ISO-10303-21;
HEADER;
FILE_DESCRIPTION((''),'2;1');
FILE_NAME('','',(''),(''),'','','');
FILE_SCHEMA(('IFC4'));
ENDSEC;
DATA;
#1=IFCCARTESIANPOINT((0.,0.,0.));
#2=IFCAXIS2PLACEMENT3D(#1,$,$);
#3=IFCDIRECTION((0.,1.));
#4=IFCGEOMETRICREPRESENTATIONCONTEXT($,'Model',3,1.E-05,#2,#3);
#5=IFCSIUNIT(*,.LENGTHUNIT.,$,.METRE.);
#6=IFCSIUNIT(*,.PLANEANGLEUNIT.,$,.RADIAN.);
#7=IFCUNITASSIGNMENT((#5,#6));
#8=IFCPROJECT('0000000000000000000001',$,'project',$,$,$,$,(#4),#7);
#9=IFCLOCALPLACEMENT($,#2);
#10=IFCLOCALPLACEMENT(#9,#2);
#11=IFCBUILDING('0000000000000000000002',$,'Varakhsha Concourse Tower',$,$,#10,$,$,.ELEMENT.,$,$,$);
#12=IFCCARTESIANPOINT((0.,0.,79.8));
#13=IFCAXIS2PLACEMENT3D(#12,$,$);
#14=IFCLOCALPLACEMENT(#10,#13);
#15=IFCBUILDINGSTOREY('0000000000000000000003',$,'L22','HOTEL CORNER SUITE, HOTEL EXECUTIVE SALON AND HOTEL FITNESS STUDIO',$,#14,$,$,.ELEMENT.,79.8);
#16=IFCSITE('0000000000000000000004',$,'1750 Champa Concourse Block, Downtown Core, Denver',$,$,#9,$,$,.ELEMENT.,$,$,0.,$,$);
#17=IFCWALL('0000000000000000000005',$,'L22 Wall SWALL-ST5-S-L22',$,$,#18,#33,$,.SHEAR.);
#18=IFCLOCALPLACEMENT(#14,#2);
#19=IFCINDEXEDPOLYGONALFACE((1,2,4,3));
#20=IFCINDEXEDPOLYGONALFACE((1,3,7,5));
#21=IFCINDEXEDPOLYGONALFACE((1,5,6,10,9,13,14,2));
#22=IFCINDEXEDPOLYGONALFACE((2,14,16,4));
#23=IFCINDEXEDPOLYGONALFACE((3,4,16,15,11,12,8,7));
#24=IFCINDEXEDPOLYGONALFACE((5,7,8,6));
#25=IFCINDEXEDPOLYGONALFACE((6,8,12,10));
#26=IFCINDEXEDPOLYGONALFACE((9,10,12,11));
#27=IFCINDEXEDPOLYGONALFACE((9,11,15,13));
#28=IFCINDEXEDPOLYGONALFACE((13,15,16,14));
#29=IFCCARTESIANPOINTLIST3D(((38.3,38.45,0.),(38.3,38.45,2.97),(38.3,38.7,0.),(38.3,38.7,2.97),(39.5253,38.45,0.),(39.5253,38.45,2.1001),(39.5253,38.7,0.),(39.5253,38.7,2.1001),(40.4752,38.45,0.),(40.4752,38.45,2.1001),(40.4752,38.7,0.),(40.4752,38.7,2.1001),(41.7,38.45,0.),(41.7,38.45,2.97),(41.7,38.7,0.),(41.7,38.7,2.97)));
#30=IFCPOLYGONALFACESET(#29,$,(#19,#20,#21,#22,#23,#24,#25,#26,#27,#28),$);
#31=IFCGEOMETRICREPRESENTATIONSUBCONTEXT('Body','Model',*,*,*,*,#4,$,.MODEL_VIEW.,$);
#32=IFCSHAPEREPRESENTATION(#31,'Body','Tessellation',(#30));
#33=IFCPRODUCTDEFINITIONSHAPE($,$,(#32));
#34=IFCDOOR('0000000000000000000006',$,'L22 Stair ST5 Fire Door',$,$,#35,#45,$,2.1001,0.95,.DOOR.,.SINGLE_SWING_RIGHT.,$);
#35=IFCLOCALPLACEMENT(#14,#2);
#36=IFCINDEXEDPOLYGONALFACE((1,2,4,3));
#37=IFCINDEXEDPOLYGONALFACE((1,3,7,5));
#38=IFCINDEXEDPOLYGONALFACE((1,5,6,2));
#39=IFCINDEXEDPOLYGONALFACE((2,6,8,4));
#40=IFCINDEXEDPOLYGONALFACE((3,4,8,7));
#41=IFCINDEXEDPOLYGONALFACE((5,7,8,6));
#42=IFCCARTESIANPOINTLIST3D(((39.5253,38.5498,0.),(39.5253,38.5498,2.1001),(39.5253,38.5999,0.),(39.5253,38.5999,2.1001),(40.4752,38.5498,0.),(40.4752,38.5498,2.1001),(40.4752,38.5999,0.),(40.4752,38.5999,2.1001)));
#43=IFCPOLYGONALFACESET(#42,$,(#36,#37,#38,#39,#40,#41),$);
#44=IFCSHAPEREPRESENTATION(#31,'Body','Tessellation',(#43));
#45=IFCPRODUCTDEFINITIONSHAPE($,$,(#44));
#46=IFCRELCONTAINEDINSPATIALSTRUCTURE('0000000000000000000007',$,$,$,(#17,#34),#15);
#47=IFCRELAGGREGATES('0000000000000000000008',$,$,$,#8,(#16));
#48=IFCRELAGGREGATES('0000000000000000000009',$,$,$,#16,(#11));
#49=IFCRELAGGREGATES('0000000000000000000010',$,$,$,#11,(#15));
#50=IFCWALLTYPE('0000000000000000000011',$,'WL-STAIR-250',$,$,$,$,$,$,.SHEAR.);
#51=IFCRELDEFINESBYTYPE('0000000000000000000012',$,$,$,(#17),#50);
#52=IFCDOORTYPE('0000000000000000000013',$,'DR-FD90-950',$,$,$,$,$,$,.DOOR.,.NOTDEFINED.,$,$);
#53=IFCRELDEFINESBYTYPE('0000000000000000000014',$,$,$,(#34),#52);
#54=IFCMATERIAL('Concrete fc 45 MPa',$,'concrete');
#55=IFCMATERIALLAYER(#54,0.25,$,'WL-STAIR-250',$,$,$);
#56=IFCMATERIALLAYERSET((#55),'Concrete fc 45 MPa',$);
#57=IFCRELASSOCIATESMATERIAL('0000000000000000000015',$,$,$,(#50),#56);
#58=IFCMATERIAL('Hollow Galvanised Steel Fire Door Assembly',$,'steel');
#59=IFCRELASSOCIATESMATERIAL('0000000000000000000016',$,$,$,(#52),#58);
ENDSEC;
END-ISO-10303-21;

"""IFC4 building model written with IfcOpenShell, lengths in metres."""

from ifc_helpers import new_model, si_unit, direction, frame, frame_2d, origin, place, context, subcontext, project, spatial, rectangle, extrude, material, layer, layer_set, type_object, element, fill, save


model = new_model("IFC4")

# Units and contexts
model_context = context("Model", 3, precision=1e-05, world=origin(), true_north=direction((0.0, 1.0)))
body_context = subcontext(model_context, "Body", "Model", "MODEL_VIEW")
ifc_project = project(units=[si_unit("LENGTHUNIT", "METRE"), si_unit("PLANEANGLEUNIT", "RADIAN")], contexts=[model_context])

# Site, building, storey
site_placement = place(None, origin())
site = spatial("IfcSite", under=ifc_project, at=site_placement, Name="1750 Champa Concourse Block, Downtown Core, Denver", CompositionType="ELEMENT", RefElevation=0.0)
building_placement = place(site_placement, origin())
building = spatial("IfcBuilding", under=site, at=building_placement, Name="Varakhsha Concourse Tower", CompositionType="ELEMENT")
storey_placement = place(building_placement, frame((0.0, 0.0, 79.8)))
storey = spatial("IfcBuildingStorey", under=building, at=storey_placement, Name="L22", Description="HOTEL CORNER SUITE, HOTEL EXECUTIVE SALON AND HOTEL FITNESS STUDIO", CompositionType="ELEMENT", Elevation=79.8)

# Shared definitions
ifc_material_1 = material(Name="Hollow Galvanised Steel Fire Door Assembly", Category="steel")

# Shared definitions
ifc_material_2 = material(Name="Concrete fc 45 MPa", Category="concrete")
ifc_layer_1 = layer(ifc_material_2, 0.25, Name="WL-STAIR-250")
ifc_layer_set_1 = layer_set([ifc_layer_1], Name="Concrete fc 45 MPa")
wall_type_1 = type_object("IfcWallType", Name="WL-STAIR-250", PredefinedType="SHEAR", material=ifc_layer_set_1)

# Wall, opening, door
wall_1_placement = place(storey_placement, frame((38.3, 38.575, 0.0), z_axis=(0.0, 0.0, 1.0), x_axis=(1.0, 0.0, 0.0)))
wall_1 = element("IfcWall", 1, at=wall_1_placement, inside=storey, type_object=wall_type_1, Name="L22 Wall SWALL-ST5-S-L22", PredefinedType="SHEAR", context=body_context, shape_type="SweptSolid", body=[
    extrude(rectangle(XDim=3.3999, YDim=0.25, at=frame_2d((1.7, 0.0))), origin(), (0.0, 0.0, 1.0), 2.97),
])
opening_1_placement = place(wall_1_placement, frame((1.2251, 0.0, 0.0)))
opening_1 = element("IfcOpeningElement", 2, at=opening_1_placement, cuts=wall_1, PredefinedType="OPENING", context=body_context, shape_type="SweptSolid", body=[
    extrude(rectangle(XDim=0.95, YDim=2.1001, at=frame_2d((0.4751, 1.05))), frame((0.0, 0.135, 0.0), z_axis=(0.0, -1.0, 0.0), x_axis=(1.0, 0.0, 0.0)), (0.0, 0.0, 1.0), 0.27),
])
door_type_1 = type_object("IfcDoorType", Name="DR-FD90-950", OperationType="NOTDEFINED", PredefinedType="DOOR", material=ifc_material_1)
door_1_placement = place(opening_1_placement, origin())
door_1 = element("IfcDoor", 3, at=door_1_placement, inside=storey, type_object=door_type_1, Name="L22 Stair ST5 Fire Door", OperationType="SINGLE_SWING_RIGHT", OverallHeight=2.1001, OverallWidth=0.95, PredefinedType="DOOR", context=body_context, shape_type="SweptSolid", body=[
    extrude(rectangle(XDim=0.95, YDim=2.1001, at=frame_2d((0.4751, 1.05))), frame((0.0, 0.0249, 0.0), z_axis=(0.0, -1.0, 0.0), x_axis=(1.0, 0.0, 0.0)), (0.0, 0.0, 1.0), 0.05),
])
fill(opening_1, door_1)

save(model, "model.ifc")
